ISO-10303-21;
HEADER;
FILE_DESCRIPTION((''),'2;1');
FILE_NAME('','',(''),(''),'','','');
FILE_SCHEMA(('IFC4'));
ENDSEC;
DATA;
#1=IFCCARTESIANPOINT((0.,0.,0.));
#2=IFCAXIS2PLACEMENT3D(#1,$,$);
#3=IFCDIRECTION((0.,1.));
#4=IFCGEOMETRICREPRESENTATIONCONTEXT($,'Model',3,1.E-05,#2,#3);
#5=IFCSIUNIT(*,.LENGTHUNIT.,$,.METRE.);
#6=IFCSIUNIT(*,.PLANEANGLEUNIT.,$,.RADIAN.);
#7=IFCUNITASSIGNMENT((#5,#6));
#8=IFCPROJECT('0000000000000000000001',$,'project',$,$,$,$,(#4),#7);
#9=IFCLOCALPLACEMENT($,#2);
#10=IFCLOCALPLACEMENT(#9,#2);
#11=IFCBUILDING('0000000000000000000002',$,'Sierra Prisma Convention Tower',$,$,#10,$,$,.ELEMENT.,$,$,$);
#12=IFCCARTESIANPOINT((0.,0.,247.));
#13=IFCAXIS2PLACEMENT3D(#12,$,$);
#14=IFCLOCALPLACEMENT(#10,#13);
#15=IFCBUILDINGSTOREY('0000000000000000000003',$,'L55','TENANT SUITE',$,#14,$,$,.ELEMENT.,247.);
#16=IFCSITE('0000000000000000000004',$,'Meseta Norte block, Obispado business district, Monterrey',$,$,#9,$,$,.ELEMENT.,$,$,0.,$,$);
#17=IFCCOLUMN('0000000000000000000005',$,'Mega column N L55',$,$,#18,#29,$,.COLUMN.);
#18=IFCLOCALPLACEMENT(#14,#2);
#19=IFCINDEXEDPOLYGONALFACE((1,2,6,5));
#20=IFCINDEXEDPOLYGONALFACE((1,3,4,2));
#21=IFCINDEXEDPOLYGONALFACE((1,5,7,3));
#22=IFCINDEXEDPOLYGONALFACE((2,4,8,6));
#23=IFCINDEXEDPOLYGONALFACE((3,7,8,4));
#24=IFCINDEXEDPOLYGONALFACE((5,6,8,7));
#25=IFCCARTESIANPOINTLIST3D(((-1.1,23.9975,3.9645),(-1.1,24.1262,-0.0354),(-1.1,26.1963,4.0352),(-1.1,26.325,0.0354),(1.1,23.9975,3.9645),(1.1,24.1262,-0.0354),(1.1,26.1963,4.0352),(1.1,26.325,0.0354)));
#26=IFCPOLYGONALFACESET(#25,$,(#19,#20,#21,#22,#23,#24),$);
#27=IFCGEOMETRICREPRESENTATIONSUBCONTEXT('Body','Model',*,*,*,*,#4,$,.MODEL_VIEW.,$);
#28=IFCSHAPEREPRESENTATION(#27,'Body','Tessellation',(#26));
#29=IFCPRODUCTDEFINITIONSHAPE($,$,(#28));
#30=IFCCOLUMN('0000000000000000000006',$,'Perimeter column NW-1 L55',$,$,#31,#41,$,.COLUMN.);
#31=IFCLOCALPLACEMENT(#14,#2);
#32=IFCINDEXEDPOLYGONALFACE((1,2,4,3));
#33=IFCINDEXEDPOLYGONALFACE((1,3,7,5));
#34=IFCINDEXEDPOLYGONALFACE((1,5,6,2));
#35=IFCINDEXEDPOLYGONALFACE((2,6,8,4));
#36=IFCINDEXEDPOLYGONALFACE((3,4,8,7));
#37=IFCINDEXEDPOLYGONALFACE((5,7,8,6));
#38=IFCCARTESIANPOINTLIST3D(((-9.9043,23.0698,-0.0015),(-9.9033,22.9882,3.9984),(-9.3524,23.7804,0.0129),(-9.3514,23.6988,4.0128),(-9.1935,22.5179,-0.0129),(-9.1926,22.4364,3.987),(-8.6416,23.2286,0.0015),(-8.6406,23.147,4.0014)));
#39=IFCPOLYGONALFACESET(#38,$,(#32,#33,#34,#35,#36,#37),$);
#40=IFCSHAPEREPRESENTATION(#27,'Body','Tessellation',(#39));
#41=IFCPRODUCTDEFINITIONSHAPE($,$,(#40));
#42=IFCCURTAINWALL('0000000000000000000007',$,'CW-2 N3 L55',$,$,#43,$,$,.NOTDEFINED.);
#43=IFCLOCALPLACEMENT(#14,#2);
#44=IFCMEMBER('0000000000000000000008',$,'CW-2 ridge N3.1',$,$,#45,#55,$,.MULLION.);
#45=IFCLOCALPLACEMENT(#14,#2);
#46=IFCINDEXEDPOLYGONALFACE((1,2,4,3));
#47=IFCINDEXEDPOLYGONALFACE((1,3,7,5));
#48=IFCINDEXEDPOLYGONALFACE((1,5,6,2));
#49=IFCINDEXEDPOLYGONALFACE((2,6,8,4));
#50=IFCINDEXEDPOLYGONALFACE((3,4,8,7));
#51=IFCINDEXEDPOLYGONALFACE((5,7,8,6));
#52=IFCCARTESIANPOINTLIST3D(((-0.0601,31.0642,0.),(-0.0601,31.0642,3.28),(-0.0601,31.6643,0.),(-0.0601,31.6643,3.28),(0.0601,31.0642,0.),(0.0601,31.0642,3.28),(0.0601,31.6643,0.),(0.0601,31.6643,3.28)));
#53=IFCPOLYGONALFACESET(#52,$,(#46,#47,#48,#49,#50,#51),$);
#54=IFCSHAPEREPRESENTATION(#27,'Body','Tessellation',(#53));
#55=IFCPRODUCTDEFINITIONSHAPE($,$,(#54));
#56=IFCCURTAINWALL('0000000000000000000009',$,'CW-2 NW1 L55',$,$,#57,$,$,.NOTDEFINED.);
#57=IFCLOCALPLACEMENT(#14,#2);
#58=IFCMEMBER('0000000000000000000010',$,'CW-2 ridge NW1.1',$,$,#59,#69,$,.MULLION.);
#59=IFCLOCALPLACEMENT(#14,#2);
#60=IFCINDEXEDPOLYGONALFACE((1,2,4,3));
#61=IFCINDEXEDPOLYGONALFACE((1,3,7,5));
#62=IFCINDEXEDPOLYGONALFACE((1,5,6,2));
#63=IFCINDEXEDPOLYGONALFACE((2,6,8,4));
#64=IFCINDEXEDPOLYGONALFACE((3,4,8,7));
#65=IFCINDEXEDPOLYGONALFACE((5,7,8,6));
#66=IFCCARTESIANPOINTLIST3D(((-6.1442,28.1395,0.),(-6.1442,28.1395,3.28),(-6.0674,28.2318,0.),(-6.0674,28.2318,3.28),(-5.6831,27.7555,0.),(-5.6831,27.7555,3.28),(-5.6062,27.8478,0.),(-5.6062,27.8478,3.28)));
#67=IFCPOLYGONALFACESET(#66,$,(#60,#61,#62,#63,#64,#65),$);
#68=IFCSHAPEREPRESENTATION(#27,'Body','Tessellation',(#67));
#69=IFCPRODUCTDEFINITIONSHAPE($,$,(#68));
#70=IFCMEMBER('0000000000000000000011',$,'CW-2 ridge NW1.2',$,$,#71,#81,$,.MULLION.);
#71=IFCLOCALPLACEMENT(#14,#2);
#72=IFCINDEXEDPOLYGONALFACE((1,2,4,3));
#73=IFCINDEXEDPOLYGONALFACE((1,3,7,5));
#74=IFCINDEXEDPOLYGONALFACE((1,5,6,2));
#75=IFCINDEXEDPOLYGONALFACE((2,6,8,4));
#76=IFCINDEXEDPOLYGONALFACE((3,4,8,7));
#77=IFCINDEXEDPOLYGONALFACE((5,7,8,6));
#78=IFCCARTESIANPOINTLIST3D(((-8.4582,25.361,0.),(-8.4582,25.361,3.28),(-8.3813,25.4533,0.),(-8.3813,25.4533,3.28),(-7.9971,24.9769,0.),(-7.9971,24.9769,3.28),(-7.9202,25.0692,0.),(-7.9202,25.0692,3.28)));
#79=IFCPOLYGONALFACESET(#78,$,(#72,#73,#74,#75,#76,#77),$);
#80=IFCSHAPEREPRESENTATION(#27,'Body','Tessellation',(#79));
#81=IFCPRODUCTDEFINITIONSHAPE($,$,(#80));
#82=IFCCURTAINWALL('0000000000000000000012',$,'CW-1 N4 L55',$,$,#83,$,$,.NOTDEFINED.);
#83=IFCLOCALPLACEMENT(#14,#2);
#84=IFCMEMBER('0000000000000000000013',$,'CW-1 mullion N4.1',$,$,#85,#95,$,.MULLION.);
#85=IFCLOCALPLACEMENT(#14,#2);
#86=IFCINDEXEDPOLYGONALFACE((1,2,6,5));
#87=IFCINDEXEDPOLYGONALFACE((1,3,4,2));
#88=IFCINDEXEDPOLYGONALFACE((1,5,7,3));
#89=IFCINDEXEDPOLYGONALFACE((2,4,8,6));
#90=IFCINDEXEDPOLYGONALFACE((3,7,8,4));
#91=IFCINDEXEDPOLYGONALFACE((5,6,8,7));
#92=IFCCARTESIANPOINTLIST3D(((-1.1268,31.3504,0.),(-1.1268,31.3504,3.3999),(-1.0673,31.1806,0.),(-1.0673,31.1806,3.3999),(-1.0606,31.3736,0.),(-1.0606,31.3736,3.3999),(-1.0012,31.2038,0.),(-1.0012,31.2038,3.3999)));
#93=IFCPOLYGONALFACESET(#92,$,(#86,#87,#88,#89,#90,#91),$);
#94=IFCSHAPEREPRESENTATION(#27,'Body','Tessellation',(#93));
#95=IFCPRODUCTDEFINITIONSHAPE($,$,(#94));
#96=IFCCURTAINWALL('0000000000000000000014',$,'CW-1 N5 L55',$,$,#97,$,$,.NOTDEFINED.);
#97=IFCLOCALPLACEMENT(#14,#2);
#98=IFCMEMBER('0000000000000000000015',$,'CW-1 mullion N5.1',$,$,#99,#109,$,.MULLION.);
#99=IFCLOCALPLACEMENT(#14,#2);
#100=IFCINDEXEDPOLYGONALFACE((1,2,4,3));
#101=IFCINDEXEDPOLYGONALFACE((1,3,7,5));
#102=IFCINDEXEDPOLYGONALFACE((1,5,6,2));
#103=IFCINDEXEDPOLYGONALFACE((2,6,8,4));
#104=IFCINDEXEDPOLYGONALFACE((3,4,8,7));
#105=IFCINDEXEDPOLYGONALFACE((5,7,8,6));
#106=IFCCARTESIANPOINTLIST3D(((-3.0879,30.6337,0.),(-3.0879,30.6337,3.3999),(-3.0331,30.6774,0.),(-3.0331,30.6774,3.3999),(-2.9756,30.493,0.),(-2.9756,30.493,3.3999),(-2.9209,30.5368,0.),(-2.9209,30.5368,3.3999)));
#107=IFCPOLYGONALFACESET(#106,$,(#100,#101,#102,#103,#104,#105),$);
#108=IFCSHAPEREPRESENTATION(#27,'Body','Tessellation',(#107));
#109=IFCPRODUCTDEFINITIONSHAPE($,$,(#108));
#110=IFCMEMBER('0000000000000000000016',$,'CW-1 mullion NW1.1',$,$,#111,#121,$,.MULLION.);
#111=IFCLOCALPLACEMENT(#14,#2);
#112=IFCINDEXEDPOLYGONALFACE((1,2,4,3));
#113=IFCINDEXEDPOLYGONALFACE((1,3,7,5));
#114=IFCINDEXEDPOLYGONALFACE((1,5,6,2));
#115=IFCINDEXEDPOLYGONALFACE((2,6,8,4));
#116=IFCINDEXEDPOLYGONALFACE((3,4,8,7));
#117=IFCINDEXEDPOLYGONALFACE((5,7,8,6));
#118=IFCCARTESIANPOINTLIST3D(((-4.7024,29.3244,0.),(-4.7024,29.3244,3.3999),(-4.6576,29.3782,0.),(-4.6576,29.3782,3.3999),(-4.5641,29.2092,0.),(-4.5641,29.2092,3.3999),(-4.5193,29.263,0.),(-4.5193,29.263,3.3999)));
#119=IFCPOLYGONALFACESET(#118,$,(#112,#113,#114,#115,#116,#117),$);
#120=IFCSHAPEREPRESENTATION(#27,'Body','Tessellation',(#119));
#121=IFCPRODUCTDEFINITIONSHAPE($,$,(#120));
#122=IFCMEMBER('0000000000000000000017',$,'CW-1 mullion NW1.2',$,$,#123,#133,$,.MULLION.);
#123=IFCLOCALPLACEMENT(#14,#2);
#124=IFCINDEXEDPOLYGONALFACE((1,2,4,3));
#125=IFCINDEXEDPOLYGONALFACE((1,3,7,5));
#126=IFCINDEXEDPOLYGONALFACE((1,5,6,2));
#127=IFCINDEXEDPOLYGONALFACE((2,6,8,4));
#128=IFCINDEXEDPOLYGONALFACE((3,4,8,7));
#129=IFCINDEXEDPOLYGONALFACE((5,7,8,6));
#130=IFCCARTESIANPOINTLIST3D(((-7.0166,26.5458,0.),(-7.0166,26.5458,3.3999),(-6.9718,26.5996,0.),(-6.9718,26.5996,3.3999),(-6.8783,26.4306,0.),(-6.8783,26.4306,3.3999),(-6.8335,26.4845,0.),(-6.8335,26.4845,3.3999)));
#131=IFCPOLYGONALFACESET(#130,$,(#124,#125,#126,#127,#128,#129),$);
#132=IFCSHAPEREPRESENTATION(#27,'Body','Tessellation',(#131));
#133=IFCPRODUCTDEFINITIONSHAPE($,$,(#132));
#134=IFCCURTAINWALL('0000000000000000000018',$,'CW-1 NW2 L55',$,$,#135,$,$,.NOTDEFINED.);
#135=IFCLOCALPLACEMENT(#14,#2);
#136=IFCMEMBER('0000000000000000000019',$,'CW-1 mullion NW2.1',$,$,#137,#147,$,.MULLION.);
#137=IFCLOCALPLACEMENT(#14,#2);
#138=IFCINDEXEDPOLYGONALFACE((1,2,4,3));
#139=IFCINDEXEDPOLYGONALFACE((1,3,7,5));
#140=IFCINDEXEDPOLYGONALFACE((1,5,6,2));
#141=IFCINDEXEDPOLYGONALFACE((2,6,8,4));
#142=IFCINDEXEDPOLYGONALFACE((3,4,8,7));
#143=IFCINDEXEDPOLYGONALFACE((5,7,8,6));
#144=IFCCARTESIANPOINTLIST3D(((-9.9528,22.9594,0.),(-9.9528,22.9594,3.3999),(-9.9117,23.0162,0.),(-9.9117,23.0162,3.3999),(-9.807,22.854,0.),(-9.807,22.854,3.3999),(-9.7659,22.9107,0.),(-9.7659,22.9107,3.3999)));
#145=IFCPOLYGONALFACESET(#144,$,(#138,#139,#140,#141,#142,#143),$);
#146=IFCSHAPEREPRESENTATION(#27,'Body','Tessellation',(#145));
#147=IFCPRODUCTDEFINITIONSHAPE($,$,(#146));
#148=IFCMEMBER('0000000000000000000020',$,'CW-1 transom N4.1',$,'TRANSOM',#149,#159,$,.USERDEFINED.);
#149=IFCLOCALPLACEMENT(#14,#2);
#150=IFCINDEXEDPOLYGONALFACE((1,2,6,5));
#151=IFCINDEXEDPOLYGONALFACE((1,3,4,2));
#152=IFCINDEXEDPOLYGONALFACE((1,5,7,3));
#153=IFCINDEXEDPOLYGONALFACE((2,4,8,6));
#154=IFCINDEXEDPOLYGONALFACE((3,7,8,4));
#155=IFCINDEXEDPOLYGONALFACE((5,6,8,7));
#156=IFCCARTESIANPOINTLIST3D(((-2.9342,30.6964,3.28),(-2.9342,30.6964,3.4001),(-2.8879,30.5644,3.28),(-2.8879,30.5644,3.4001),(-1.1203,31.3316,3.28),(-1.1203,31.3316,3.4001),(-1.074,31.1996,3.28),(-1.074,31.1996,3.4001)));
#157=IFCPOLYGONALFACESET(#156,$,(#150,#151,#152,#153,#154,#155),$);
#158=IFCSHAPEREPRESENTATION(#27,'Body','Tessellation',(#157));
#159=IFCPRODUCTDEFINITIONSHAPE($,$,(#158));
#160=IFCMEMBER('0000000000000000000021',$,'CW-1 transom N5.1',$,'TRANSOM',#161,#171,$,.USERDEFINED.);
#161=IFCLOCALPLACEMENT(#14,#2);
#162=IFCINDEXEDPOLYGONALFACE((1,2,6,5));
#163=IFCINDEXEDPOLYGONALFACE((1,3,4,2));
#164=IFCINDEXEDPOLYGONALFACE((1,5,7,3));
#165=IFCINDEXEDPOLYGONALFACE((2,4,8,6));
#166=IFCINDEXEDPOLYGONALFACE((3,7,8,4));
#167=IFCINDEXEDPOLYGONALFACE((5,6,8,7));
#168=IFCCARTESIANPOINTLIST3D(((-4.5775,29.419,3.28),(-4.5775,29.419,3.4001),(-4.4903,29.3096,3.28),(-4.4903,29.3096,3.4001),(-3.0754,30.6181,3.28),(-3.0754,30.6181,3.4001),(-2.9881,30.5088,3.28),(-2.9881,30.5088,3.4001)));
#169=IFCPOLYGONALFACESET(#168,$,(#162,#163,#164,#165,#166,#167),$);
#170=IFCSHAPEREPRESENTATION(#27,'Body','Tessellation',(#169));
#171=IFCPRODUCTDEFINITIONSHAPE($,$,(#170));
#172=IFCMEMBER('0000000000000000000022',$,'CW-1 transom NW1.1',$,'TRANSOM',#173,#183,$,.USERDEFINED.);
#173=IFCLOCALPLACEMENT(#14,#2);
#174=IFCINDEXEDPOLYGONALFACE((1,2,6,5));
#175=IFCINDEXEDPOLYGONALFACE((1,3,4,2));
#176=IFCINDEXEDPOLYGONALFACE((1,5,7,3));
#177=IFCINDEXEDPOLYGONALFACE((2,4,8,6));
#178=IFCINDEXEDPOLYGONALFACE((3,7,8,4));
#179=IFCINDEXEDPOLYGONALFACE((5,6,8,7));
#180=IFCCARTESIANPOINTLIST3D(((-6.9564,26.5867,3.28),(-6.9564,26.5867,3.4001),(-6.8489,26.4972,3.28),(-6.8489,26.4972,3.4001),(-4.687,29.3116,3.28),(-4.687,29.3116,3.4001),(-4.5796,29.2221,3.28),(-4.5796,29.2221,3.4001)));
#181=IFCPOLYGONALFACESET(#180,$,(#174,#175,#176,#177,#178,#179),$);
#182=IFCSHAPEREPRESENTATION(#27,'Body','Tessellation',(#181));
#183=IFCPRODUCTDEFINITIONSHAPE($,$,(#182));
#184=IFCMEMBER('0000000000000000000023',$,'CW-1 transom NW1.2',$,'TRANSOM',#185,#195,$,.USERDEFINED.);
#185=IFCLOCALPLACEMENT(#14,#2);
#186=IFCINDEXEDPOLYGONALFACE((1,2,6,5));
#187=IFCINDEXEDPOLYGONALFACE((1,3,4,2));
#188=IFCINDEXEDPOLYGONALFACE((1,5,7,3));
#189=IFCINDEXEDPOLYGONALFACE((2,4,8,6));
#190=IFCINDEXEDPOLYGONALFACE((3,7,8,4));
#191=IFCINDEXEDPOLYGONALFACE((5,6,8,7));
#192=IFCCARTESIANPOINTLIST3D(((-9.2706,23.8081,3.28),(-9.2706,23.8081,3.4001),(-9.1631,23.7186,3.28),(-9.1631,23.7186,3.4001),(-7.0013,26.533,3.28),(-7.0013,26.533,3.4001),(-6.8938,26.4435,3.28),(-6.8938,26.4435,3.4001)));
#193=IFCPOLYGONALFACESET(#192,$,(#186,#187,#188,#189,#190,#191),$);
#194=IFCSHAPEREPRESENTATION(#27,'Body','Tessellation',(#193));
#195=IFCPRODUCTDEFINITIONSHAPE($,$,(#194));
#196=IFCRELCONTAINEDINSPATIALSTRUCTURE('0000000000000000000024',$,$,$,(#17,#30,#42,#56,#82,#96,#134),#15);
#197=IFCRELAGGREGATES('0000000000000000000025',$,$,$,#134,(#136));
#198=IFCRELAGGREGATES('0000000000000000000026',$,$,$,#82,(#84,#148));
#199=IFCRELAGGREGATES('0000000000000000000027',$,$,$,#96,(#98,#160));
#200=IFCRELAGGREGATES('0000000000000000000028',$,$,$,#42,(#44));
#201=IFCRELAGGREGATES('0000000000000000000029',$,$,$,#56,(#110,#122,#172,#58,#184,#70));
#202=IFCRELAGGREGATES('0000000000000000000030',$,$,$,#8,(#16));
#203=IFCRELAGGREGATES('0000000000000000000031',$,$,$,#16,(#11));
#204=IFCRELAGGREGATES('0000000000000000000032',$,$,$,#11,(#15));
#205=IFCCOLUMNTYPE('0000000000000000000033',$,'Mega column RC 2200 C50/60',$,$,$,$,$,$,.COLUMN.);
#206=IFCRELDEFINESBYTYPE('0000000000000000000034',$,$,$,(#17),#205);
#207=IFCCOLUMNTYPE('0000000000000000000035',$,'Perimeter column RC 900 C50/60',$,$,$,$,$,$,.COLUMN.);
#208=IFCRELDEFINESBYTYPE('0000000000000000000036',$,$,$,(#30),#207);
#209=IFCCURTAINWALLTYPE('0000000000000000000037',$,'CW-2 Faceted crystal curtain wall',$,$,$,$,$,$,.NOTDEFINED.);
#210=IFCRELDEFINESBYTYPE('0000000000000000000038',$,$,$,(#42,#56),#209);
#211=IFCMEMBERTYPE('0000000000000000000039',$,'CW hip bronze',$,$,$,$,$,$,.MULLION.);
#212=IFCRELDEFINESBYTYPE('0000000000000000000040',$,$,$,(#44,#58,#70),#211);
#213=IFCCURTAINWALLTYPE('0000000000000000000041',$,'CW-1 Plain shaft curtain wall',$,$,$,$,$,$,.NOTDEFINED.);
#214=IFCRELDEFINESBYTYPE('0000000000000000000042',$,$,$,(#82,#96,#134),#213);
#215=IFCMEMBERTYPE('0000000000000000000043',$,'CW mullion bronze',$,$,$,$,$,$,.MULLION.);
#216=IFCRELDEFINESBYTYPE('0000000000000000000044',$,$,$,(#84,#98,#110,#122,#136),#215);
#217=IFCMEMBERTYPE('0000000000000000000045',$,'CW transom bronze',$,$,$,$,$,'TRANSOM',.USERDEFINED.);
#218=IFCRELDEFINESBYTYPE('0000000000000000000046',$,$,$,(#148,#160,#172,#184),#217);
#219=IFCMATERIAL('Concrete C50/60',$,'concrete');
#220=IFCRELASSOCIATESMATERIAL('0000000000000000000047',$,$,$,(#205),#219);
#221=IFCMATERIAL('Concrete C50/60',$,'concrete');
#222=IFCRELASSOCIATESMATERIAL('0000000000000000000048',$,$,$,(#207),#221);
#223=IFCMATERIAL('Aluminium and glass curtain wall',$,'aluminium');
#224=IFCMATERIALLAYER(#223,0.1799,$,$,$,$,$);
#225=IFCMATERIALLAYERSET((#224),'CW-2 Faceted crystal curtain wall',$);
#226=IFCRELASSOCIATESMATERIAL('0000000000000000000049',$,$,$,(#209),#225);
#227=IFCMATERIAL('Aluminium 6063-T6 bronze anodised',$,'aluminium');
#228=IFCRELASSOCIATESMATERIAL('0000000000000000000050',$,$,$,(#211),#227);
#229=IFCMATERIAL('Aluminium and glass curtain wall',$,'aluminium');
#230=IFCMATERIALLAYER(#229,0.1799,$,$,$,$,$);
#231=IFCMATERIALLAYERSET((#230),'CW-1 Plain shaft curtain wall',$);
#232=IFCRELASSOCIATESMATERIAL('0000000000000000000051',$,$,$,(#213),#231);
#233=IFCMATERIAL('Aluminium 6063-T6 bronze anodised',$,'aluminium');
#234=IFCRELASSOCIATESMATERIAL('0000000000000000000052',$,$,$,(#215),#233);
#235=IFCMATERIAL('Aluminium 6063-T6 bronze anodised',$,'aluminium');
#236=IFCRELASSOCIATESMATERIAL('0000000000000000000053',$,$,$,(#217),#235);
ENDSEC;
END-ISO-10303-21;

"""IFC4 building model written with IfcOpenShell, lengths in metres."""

from ifc_helpers import new_model, si_unit, direction, frame, origin, origin_2d, place, context, subcontext, project, spatial, rectangle, extrude, material, layer, layer_set, material_profile, profile_set, type_object, element, aggregate, save


model = new_model("IFC4")

# Units and contexts
model_context = context("Model", 3, precision=1e-05, world=origin(), true_north=direction((0.0, 1.0)))
body_context = subcontext(model_context, "Body", "Model", "MODEL_VIEW")
ifc_project = project(units=[si_unit("LENGTHUNIT", "METRE"), si_unit("PLANEANGLEUNIT", "RADIAN")], contexts=[model_context])

# Site, building, storey
site_placement = place(None, origin())
site = spatial("IfcSite", under=ifc_project, at=site_placement, Name="Meseta Norte block, Obispado business district, Monterrey", CompositionType="ELEMENT", RefElevation=0.0)
building_placement = place(site_placement, origin())
building = spatial("IfcBuilding", under=site, at=building_placement, Name="Sierra Prisma Convention Tower", CompositionType="ELEMENT")
storey_placement = place(building_placement, frame((0.0, 0.0, 247.0)))
storey = spatial("IfcBuildingStorey", under=building, at=storey_placement, Name="L55", Description="TENANT SUITE", CompositionType="ELEMENT", Elevation=247.0)

# Columns
ifc_material_1 = material(Name="Concrete C50/60", Category="concrete")
ifc_material_profile_1 = material_profile(ifc_material_1, rectangle(XDim=2.2, YDim=2.2, at=origin_2d()), Name="Mega column RC 2200 C50/60")
ifc_profile_set_1 = profile_set([ifc_material_profile_1], Name="Concrete C50/60")
column_type_1 = type_object("IfcColumnType", Name="Mega column RC 2200 C50/60", PredefinedType="COLUMN", material=ifc_profile_set_1)
column_1_placement = place(storey_placement, frame((0.0, 25.2256, 0.0), z_axis=(0.0, -0.032149, 0.999483), x_axis=(1.0, 0.0, 0.0)))
element("IfcColumn", 1, at=column_1_placement, inside=storey, type_object=column_type_1, Name="Mega column N L55", PredefinedType="COLUMN", context=body_context, shape_type="SweptSolid", body=[
    extrude(rectangle(XDim=2.2, YDim=2.2, at=origin_2d()), origin(), (0.0, 0.0, 1.0), 4.002),
])
ifc_material_2 = material(Name="Concrete C50/60", Category="concrete")
ifc_material_profile_2 = material_profile(ifc_material_2, rectangle(XDim=0.8999, YDim=0.8999, at=origin_2d()), Name="Perimeter column RC 900 C50/60")
ifc_profile_set_2 = profile_set([ifc_material_profile_2], Name="Concrete C50/60")
column_type_2 = type_object("IfcColumnType", Name="Perimeter column RC 900 C50/60", PredefinedType="COLUMN", material=ifc_profile_set_2)
column_2_placement = place(storey_placement, frame((-9.2729, 23.1492, 0.0), z_axis=(0.000244, -0.020382, 0.999792), x_axis=(0.613328, 0.789668, 0.015948)))
element("IfcColumn", 2, at=column_2_placement, inside=storey, type_object=column_type_2, Name="Perimeter column NW-1 L55", PredefinedType="COLUMN", context=body_context, shape_type="SweptSolid", body=[
    extrude(rectangle(XDim=0.8999, YDim=0.8999, at=origin_2d()), origin(), (0.0, 0.0, 1.0), 4.0007),
])

# Curtain wall, member
ifc_material_3 = material(Name="Aluminium and glass curtain wall", Category="aluminium")
ifc_layer_1 = layer(ifc_material_3, 0.1799)
ifc_layer_set_1 = layer_set([ifc_layer_1], Name="CW-2 Faceted crystal curtain wall")
curtain_wall_type_1 = type_object("IfcCurtainWallType", Name="CW-2 Faceted crystal curtain wall", PredefinedType="NOTDEFINED", material=ifc_layer_set_1)
curtain_wall_1_placement = place(storey_placement, origin())
curtain_wall_1 = element("IfcCurtainWall", 3, at=curtain_wall_1_placement, inside=storey, type_object=curtain_wall_type_1, Name="CW-2 N3 L55", PredefinedType="NOTDEFINED")
ifc_material_4 = material(Name="Aluminium 6063-T6 bronze anodised", Category="aluminium")
ifc_material_profile_3 = material_profile(ifc_material_4, rectangle(XDim=0.1201, YDim=0.6001, at=origin_2d()), Name="ALU RIDGE BLADE 120x600")
ifc_profile_set_3 = profile_set([ifc_material_profile_3], Name="Aluminium 6063-T6 bronze anodised")
member_type_1 = type_object("IfcMemberType", Name="CW hip bronze", PredefinedType="MULLION", material=ifc_profile_set_3)
member_1_placement = place(storey_placement, frame((0.0, 31.3643, 0.0), z_axis=(0.0, 0.0, 1.0), x_axis=(-1.0, 0.0, 0.0)))
member_1 = element("IfcMember", 4, at=member_1_placement, type_object=member_type_1, Name="CW-2 ridge N3.1", PredefinedType="MULLION", context=body_context, shape_type="SweptSolid", body=[
    extrude(rectangle(XDim=0.1201, YDim=0.6001, at=origin_2d()), origin(), (0.0, 0.0, 1.0), 3.28),
])

# Curtain wall, members
curtain_wall_2_placement = place(storey_placement, origin())
curtain_wall_2 = element("IfcCurtainWall", 5, at=curtain_wall_2_placement, inside=storey, type_object=curtain_wall_type_1, Name="CW-2 NW1 L55", PredefinedType="NOTDEFINED")
member_2_placement = place(storey_placement, frame((-5.8752, 27.9937, 0.0), z_axis=(0.0, 0.0, 1.0), x_axis=(-0.639951, -0.768416, 0.0)))
member_2 = element("IfcMember", 6, at=member_2_placement, type_object=member_type_1, Name="CW-2 ridge NW1.1", PredefinedType="MULLION", context=body_context, shape_type="SweptSolid", body=[
    extrude(rectangle(XDim=0.1201, YDim=0.6001, at=origin_2d()), origin(), (0.0, 0.0, 1.0), 3.28),
])
member_3_placement = place(storey_placement, frame((-8.1892, 25.2151, 0.0), z_axis=(0.0, 0.0, 1.0), x_axis=(-0.639951, -0.768416, 0.0)))
member_3 = element("IfcMember", 7, at=member_3_placement, type_object=member_type_1, Name="CW-2 ridge NW1.2", PredefinedType="MULLION", context=body_context, shape_type="SweptSolid", body=[
    extrude(rectangle(XDim=0.1201, YDim=0.6001, at=origin_2d()), origin(), (0.0, 0.0, 1.0), 3.28),
])

# Curtain walls, members
ifc_material_5 = material(Name="Aluminium and glass curtain wall", Category="aluminium")
ifc_layer_2 = layer(ifc_material_5, 0.1799)
ifc_layer_set_2 = layer_set([ifc_layer_2], Name="CW-1 Plain shaft curtain wall")
curtain_wall_type_2 = type_object("IfcCurtainWallType", Name="CW-1 Plain shaft curtain wall", PredefinedType="NOTDEFINED", material=ifc_layer_set_2)
curtain_wall_3_placement = place(storey_placement, origin())
curtain_wall_3 = element("IfcCurtainWall", 8, at=curtain_wall_3_placement, inside=storey, type_object=curtain_wall_type_2, Name="CW-1 N4 L55", PredefinedType="NOTDEFINED")
ifc_material_6 = material(Name="Aluminium 6063-T6 bronze anodised", Category="aluminium")
ifc_material_profile_4 = material_profile(ifc_material_6, rectangle(XDim=0.1799, YDim=0.0701, at=origin_2d()), Name="ALU MULLION 70x180")
ifc_profile_set_4 = profile_set([ifc_material_profile_4], Name="Aluminium 6063-T6 bronze anodised")
member_type_2 = type_object("IfcMemberType", Name="CW mullion bronze", PredefinedType="MULLION", material=ifc_profile_set_4)
member_4_placement = place(storey_placement, frame((-1.064, 31.2771, 0.0), z_axis=(0.0, 0.0, 1.0), x_axis=(0.330542, -0.943791, 0.0)))
member_4 = element("IfcMember", 9, at=member_4_placement, type_object=member_type_2, Name="CW-1 mullion N4.1", PredefinedType="MULLION", context=body_context, shape_type="SweptSolid", body=[
    extrude(rectangle(XDim=0.1799, YDim=0.0701, at=origin_2d()), origin(), (0.0, 0.0, 1.0), 3.3999),
])
curtain_wall_4_placement = place(storey_placement, origin())
curtain_wall_4 = element("IfcCurtainWall", 10, at=curtain_wall_4_placement, inside=storey, type_object=curtain_wall_type_2, Name="CW-1 N5 L55", PredefinedType="NOTDEFINED")
member_5_placement = place(storey_placement, frame((-3.0044, 30.5852, 0.0), z_axis=(0.0, 0.0, 1.0), x_axis=(0.623926, -0.781484, 0.0)))
member_5 = element("IfcMember", 11, at=member_5_placement, type_object=member_type_2, Name="CW-1 mullion N5.1", PredefinedType="MULLION", context=body_context, shape_type="SweptSolid", body=[
    extrude(rectangle(XDim=0.1799, YDim=0.0701, at=origin_2d()), origin(), (0.0, 0.0, 1.0), 3.3999),
])

# Members
member_6_placement = place(storey_placement, frame((-4.6108, 29.2937, 0.0), z_axis=(0.0, 0.0, 1.0), x_axis=(0.768416, -0.639951, 0.0)))
member_6 = element("IfcMember", 12, at=member_6_placement, type_object=member_type_2, Name="CW-1 mullion NW1.1", PredefinedType="MULLION", context=body_context, shape_type="SweptSolid", body=[
    extrude(rectangle(XDim=0.1799, YDim=0.0701, at=origin_2d()), origin(), (0.0, 0.0, 1.0), 3.3999),
])
member_7_placement = place(storey_placement, frame((-6.925, 26.5151, 0.0), z_axis=(0.0, 0.0, 1.0), x_axis=(0.768416, -0.639951, 0.0)))
member_7 = element("IfcMember", 13, at=member_7_placement, type_object=member_type_2, Name="CW-1 mullion NW1.2", PredefinedType="MULLION", context=body_context, shape_type="SweptSolid", body=[
    extrude(rectangle(XDim=0.1799, YDim=0.0701, at=origin_2d()), origin(), (0.0, 0.0, 1.0), 3.3999),
])

# Curtain wall, member
curtain_wall_5_placement = place(storey_placement, origin())
curtain_wall_5 = element("IfcCurtainWall", 14, at=curtain_wall_5_placement, inside=storey, type_object=curtain_wall_type_2, Name="CW-1 NW2 L55", PredefinedType="NOTDEFINED")
member_8_placement = place(storey_placement, frame((-9.8594, 22.9351, 0.0), z_axis=(0.0, 0.0, 1.0), x_axis=(0.810319, -0.585989, 0.0)))
member_8 = element("IfcMember", 15, at=member_8_placement, type_object=member_type_2, Name="CW-1 mullion NW2.1", PredefinedType="MULLION", context=body_context, shape_type="SweptSolid", body=[
    extrude(rectangle(XDim=0.1799, YDim=0.0701, at=origin_2d()), origin(), (0.0, 0.0, 1.0), 3.3999),
])
aggregate(curtain_wall_5, [member_8])

# Members
ifc_material_7 = material(Name="Aluminium 6063-T6 bronze anodised", Category="aluminium")
ifc_material_profile_5 = material_profile(ifc_material_7, rectangle(XDim=0.1399, YDim=0.1201, at=origin_2d()), Name="ALU TRANSOM 120x140")
ifc_profile_set_5 = profile_set([ifc_material_profile_5], Name="Aluminium 6063-T6 bronze anodised")
member_type_3 = type_object("IfcMemberType", Name="CW transom bronze", ElementType="TRANSOM", PredefinedType="USERDEFINED", material=ifc_profile_set_5)
member_9_placement = place(storey_placement, frame((-1.0972, 31.2656, 3.3401), z_axis=(-0.943799, -0.33052, 0.0), x_axis=(0.33052, -0.943799, 0.0)))
member_9 = element("IfcMember", 16, at=member_9_placement, type_object=member_type_3, Name="CW-1 transom N4.1", ObjectType="TRANSOM", PredefinedType="USERDEFINED", context=body_context, shape_type="SweptSolid", body=[
    extrude(rectangle(XDim=0.1399, YDim=0.1201, at=origin_2d()), origin(), (0.0, 0.0, 1.0), 1.9219),
])
member_10_placement = place(storey_placement, frame((-3.0317, 30.5635, 3.3401), z_axis=(-0.781513, -0.623889, 0.0), x_axis=(0.623889, -0.781513, 0.0)))
member_10 = element("IfcMember", 17, at=member_10_placement, type_object=member_type_3, Name="CW-1 transom N5.1", ObjectType="TRANSOM", PredefinedType="USERDEFINED", context=body_context, shape_type="SweptSolid", body=[
    extrude(rectangle(XDim=0.1399, YDim=0.1201, at=origin_2d()), origin(), (0.0, 0.0, 1.0), 1.9221),
])
member_11_placement = place(storey_placement, frame((-4.6333, 29.2668, 3.3401), z_axis=(-0.639947, -0.768419, 0.0), x_axis=(0.768419, -0.639947, 0.0)))
member_11 = element("IfcMember", 18, at=member_11_placement, type_object=member_type_3, Name="CW-1 transom NW1.1", ObjectType="TRANSOM", PredefinedType="USERDEFINED", context=body_context, shape_type="SweptSolid", body=[
    extrude(rectangle(XDim=0.1399, YDim=0.1201, at=origin_2d()), origin(), (0.0, 0.0, 1.0), 3.5461),
])
member_12_placement = place(storey_placement, frame((-6.9475, 26.4883, 3.3401), z_axis=(-0.639947, -0.768419, 0.0), x_axis=(0.768419, -0.639947, 0.0)))
member_12 = element("IfcMember", 19, at=member_12_placement, type_object=member_type_3, Name="CW-1 transom NW1.2", ObjectType="TRANSOM", PredefinedType="USERDEFINED", context=body_context, shape_type="SweptSolid", body=[
    extrude(rectangle(XDim=0.1399, YDim=0.1201, at=origin_2d()), origin(), (0.0, 0.0, 1.0), 3.5461),
])

aggregate(curtain_wall_3, [member_4, member_9])
aggregate(curtain_wall_4, [member_5, member_10])
aggregate(curtain_wall_1, [member_1])
aggregate(curtain_wall_2, [member_6, member_7, member_11, member_2, member_12, member_3])

save(model, "model.ifc")
